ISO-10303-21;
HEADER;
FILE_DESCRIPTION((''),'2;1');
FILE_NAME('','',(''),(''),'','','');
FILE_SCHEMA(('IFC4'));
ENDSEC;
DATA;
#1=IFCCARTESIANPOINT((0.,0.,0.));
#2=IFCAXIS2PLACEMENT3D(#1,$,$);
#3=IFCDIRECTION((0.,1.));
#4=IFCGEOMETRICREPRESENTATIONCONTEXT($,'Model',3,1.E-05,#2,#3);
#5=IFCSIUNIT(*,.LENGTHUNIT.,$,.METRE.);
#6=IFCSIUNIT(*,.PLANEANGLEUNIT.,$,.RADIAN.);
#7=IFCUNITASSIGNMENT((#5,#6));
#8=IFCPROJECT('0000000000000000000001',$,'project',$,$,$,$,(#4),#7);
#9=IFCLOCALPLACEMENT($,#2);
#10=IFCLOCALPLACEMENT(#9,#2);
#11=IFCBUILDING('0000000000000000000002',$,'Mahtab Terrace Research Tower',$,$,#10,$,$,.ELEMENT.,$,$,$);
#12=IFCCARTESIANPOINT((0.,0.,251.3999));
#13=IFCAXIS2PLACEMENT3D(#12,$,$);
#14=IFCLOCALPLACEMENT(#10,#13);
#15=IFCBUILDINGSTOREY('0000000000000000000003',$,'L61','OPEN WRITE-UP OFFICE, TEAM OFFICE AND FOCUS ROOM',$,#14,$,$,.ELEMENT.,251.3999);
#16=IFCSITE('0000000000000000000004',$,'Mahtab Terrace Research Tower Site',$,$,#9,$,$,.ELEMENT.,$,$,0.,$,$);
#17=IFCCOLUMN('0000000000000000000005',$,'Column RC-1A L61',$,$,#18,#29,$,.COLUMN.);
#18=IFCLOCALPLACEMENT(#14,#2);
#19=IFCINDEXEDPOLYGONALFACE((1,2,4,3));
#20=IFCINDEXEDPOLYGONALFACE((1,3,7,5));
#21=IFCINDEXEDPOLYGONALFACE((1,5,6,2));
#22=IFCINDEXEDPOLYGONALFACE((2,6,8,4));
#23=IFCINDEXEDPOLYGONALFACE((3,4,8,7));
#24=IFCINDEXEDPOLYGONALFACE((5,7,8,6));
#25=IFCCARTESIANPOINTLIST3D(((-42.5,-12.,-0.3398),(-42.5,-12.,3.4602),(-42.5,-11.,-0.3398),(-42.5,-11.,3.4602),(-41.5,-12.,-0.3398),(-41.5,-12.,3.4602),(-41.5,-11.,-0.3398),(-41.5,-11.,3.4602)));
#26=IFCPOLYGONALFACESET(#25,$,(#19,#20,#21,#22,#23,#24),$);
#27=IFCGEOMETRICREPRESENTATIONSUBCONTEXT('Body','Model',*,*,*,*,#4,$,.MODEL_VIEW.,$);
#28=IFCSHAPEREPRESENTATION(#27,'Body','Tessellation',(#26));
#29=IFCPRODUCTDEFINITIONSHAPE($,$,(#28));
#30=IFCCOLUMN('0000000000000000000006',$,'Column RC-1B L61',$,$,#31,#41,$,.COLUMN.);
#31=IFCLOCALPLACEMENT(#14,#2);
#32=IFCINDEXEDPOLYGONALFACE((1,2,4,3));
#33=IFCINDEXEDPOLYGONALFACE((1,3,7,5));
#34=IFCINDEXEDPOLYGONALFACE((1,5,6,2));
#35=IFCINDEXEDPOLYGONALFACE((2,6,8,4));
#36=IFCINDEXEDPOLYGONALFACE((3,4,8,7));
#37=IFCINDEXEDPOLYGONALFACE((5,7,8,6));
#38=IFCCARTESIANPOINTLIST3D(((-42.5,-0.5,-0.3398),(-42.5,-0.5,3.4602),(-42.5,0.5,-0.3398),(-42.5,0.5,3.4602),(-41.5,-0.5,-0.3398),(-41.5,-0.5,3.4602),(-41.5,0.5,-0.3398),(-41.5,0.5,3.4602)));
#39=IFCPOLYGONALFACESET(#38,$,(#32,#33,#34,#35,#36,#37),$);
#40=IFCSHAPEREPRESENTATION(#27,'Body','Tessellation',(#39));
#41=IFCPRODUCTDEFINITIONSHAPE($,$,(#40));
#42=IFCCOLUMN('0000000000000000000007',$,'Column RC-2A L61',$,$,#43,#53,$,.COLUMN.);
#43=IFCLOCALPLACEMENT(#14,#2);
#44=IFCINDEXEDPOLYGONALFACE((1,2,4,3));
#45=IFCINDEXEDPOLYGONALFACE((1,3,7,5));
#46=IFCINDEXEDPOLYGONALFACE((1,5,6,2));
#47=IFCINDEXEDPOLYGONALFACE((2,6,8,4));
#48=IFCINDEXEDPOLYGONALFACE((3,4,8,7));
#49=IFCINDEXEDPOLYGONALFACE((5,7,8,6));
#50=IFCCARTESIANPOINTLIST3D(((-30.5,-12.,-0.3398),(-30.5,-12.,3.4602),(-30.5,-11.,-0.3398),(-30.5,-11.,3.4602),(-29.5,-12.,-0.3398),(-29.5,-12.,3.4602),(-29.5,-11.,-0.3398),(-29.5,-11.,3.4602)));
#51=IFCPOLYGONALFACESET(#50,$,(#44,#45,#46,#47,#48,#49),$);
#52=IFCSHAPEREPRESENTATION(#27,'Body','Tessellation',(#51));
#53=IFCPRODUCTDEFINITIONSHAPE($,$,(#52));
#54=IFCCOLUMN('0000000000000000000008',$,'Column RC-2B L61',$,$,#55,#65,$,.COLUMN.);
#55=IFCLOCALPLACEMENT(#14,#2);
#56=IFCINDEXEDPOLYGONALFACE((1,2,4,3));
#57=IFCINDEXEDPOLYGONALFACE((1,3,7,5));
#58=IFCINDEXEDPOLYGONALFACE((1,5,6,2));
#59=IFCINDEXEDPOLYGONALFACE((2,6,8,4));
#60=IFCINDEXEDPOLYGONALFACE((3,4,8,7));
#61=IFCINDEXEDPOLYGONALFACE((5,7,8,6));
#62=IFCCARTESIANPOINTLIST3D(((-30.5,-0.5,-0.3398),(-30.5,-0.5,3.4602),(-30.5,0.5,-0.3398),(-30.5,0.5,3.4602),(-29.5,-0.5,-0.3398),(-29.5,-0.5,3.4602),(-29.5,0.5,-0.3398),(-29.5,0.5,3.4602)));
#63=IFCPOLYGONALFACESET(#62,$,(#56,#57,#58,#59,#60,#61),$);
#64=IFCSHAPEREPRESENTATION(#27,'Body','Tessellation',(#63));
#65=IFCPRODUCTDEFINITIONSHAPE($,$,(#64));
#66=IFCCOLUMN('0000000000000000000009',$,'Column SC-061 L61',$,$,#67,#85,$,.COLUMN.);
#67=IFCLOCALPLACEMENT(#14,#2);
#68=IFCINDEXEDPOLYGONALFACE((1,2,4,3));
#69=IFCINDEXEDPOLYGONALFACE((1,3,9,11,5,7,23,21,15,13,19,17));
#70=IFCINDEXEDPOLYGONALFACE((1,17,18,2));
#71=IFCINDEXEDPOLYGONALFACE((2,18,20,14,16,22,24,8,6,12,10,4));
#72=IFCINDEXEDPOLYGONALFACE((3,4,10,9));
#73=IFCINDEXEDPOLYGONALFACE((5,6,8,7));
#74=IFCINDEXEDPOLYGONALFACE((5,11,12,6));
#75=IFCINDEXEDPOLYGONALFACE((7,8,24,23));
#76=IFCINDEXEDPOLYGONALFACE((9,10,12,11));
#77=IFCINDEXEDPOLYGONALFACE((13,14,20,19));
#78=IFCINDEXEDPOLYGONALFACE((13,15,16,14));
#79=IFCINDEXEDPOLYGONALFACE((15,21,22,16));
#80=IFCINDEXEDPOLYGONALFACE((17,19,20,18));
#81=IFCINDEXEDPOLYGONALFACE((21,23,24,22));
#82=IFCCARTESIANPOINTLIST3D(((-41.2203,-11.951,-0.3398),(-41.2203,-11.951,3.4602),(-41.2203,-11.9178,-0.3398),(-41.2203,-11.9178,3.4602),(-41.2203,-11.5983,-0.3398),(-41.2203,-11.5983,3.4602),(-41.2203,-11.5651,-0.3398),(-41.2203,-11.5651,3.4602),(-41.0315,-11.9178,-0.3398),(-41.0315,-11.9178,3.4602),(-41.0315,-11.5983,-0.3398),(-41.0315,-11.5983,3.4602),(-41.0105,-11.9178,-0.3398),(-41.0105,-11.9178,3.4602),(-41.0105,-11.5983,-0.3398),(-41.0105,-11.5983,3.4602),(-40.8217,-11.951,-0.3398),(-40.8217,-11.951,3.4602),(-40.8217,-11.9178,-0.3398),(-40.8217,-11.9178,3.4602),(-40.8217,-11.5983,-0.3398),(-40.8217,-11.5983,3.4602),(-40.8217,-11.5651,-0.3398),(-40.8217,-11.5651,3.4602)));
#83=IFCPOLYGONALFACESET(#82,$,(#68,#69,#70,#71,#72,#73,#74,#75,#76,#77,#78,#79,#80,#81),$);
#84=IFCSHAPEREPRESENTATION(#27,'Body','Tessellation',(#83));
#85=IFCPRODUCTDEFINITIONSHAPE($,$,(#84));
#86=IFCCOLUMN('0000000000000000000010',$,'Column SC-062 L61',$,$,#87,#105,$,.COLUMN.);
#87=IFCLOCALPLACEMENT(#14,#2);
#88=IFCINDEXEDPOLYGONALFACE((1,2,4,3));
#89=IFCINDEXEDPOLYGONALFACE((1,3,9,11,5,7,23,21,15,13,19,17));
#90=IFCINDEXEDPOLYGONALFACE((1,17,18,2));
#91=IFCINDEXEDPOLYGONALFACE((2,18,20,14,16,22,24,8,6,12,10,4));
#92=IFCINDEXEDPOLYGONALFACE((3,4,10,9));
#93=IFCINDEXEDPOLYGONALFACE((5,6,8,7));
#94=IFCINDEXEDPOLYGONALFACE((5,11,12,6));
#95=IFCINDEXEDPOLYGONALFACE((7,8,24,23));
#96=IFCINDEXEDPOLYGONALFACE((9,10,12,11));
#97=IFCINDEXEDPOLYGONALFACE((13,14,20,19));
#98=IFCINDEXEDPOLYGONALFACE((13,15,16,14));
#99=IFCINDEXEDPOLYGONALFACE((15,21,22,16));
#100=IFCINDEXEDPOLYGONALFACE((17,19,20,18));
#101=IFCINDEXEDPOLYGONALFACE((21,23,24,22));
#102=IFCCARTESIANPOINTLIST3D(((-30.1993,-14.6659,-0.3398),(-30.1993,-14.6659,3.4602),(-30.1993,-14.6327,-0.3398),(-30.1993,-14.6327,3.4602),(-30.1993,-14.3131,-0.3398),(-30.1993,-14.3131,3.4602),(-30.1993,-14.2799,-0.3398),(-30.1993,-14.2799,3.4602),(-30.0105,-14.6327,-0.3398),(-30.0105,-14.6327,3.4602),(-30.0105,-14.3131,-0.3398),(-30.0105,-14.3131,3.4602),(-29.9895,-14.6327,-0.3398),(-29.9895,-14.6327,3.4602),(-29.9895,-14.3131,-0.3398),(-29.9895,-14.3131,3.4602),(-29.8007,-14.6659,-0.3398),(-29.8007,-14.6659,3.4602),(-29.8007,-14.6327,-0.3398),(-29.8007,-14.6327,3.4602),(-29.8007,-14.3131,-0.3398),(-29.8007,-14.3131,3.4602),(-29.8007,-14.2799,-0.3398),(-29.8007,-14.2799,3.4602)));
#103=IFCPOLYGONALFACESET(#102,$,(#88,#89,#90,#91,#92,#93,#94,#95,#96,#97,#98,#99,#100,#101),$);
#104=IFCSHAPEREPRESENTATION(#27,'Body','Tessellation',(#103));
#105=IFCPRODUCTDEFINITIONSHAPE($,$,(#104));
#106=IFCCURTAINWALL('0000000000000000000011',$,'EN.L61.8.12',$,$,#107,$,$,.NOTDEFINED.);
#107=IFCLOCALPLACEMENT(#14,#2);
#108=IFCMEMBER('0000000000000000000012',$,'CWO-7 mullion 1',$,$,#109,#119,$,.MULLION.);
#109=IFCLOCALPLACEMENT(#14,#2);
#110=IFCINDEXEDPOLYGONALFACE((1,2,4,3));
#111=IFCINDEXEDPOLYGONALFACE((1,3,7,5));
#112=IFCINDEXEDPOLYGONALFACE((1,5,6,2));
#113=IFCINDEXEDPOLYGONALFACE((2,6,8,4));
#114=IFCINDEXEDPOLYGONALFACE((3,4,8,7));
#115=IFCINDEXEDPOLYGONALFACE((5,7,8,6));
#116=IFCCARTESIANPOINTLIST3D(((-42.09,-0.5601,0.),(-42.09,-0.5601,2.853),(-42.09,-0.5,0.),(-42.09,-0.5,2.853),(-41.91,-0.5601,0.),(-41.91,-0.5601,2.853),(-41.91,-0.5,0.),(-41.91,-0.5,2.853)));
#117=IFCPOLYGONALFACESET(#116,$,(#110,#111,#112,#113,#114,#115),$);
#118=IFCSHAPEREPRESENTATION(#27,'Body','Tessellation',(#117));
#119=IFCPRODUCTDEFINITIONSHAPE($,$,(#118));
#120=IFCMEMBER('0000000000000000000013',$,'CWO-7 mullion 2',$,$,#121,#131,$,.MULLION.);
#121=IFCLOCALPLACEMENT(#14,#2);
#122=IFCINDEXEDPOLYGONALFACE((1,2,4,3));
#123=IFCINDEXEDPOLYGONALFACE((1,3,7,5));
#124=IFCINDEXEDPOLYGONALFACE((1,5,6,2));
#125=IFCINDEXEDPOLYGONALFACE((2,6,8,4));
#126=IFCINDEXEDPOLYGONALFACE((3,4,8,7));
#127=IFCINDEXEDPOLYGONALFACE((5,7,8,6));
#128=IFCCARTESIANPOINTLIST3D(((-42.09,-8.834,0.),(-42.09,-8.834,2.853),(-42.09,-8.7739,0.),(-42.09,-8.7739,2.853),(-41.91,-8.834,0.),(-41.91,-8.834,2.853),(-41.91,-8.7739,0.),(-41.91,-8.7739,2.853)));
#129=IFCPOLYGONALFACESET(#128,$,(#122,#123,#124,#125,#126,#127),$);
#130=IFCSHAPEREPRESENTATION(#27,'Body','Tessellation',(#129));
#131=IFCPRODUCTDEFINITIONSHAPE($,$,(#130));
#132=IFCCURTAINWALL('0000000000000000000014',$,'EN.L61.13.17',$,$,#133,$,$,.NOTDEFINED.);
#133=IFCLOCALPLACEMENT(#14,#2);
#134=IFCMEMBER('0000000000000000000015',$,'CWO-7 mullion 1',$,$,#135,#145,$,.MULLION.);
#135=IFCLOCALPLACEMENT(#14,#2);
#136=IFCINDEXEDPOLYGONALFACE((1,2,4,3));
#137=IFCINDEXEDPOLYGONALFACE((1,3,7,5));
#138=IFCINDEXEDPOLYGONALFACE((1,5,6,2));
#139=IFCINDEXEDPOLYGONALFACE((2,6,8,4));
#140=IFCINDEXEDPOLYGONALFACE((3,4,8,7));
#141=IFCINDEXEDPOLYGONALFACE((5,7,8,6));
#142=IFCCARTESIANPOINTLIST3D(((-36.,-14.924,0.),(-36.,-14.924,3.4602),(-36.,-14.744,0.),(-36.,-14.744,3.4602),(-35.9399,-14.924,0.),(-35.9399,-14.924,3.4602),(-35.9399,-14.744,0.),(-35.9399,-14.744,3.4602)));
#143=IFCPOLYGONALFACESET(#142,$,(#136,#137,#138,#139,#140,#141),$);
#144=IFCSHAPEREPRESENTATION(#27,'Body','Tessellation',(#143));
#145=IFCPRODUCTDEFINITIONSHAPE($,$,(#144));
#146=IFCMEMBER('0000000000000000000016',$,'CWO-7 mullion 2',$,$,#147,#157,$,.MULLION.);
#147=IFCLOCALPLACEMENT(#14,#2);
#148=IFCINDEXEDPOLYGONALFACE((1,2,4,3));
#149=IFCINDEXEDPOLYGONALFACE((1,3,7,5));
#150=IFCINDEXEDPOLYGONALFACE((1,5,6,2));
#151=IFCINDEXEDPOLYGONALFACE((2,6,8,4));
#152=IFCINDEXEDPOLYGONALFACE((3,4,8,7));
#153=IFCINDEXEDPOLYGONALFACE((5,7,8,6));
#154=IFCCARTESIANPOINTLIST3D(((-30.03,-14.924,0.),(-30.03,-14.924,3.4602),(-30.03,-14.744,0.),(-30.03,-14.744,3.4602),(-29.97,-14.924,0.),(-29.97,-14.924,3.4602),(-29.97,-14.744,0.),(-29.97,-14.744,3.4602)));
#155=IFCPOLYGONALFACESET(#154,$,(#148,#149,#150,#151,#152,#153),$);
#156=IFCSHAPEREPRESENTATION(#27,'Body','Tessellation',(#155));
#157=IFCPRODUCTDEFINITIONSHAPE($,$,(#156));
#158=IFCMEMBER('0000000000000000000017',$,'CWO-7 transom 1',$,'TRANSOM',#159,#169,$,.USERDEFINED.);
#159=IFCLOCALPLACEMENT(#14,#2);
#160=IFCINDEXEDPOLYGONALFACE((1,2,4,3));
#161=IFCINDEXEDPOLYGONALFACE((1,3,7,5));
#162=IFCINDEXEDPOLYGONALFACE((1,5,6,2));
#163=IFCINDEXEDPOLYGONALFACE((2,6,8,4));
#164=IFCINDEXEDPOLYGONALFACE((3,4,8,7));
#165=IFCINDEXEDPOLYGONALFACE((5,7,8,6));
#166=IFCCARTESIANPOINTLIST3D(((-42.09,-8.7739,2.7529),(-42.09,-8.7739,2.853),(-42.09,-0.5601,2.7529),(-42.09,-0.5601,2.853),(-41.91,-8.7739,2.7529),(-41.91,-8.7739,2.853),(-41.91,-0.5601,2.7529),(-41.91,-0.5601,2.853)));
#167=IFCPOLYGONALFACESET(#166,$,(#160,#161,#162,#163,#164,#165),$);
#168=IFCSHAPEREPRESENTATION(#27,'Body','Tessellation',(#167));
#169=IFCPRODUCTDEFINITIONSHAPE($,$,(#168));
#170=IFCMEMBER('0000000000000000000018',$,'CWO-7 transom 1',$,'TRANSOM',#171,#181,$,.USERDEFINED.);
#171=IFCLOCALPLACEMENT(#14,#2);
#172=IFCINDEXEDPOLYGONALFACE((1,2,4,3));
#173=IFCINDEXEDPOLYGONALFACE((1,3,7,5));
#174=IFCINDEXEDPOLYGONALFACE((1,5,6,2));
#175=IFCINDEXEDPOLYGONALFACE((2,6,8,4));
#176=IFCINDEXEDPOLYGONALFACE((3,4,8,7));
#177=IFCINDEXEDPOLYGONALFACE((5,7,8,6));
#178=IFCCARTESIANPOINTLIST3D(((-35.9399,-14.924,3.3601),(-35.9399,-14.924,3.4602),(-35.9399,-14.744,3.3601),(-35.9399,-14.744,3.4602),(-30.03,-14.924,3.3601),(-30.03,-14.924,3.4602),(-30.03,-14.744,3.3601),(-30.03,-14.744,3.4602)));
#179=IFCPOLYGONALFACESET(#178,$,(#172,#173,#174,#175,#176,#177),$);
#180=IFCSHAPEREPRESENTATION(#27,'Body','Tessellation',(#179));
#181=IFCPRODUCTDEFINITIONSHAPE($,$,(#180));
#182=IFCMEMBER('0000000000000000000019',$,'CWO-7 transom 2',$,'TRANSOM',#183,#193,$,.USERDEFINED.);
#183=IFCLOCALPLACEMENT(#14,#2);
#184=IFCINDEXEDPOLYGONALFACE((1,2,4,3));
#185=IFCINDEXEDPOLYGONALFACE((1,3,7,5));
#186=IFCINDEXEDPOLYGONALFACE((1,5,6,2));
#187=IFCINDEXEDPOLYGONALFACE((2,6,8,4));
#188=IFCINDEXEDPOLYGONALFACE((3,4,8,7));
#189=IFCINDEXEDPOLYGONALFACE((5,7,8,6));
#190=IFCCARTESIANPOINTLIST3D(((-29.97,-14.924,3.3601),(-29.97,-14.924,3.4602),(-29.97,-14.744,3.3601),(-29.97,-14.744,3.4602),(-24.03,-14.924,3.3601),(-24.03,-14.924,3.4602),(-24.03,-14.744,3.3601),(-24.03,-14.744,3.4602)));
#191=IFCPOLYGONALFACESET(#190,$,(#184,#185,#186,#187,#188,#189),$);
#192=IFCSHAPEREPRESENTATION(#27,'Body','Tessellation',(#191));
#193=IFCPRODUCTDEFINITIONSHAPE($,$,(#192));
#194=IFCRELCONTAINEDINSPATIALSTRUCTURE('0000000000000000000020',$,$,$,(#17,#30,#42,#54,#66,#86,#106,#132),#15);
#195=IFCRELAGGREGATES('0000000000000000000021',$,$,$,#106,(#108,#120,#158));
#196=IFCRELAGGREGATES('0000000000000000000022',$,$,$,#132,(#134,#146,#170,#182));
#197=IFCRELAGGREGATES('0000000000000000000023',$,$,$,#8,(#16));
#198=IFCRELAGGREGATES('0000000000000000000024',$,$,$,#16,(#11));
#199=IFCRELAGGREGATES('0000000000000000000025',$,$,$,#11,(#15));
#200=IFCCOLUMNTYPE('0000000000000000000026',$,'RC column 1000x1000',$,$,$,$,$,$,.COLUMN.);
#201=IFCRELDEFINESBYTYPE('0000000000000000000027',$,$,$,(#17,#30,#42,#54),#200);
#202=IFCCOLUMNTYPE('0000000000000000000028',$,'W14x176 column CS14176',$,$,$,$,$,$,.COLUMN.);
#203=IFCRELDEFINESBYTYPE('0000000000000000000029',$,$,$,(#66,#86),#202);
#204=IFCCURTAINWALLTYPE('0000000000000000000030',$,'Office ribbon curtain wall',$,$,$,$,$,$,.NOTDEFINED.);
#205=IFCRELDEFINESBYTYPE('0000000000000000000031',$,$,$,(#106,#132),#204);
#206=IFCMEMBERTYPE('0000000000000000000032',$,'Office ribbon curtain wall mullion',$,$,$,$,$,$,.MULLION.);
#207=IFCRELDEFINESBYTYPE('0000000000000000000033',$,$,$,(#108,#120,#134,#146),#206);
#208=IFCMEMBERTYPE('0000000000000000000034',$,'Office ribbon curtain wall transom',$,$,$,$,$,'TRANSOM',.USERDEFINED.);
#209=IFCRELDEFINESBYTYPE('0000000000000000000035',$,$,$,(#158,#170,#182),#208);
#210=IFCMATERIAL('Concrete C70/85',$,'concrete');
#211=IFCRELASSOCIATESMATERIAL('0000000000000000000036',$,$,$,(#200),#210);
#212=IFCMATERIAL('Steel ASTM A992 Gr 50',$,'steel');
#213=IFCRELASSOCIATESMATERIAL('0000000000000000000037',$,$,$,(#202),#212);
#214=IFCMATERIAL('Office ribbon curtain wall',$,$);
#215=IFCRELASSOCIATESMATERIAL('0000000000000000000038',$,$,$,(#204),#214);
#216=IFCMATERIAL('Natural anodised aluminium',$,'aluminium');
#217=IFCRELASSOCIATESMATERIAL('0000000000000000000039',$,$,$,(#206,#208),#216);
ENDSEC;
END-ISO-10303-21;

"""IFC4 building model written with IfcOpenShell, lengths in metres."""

from ifc_helpers import new_model, si_unit, direction, frame, origin, origin_2d, place, context, subcontext, project, spatial, rectangle, i_section, extrude, material, material_profile, profile_set, type_object, element, aggregate, save


model = new_model("IFC4")

# Units and contexts
model_context = context("Model", 3, precision=1e-05, world=origin(), true_north=direction((0.0, 1.0)))
body_context = subcontext(model_context, "Body", "Model", "MODEL_VIEW")
ifc_project = project(units=[si_unit("LENGTHUNIT", "METRE"), si_unit("PLANEANGLEUNIT", "RADIAN")], contexts=[model_context])

# Site, building, storey
site_placement = place(None, origin())
site = spatial("IfcSite", under=ifc_project, at=site_placement, Name="Mahtab Terrace Research Tower Site", CompositionType="ELEMENT", RefElevation=0.0)
building_placement = place(site_placement, origin())
building = spatial("IfcBuilding", under=site, at=building_placement, Name="Mahtab Terrace Research Tower", CompositionType="ELEMENT")
storey_placement = place(building_placement, frame((0.0, 0.0, 251.3999)))
storey = spatial("IfcBuildingStorey", under=building, at=storey_placement, Name="L61", Description="OPEN WRITE-UP OFFICE, TEAM OFFICE AND FOCUS ROOM", CompositionType="ELEMENT", Elevation=251.3999)

# Columns
ifc_material_1 = material(Name="Concrete C70/85", Category="concrete")
ifc_material_profile_1 = material_profile(ifc_material_1, rectangle(XDim=1.0, YDim=1.0, at=origin_2d()), Name="RC column 1000x1000")
ifc_profile_set_1 = profile_set([ifc_material_profile_1], Name="Concrete C70/85")
column_type_1 = type_object("IfcColumnType", Name="RC column 1000x1000", PredefinedType="COLUMN", material=ifc_profile_set_1)
for number, where, z_axis, x_axis, name in (
    (1, (-42.0, -11.5, -0.3398), (0.0, 0.0, 1.0), (1.0, 0.0, 0.0), "Column RC-1A L61"),
    (2, (-42.0, 0.0, -0.3398), (0.0, 0.0, 1.0), (1.0, 0.0, 0.0), "Column RC-1B L61"),
    (3, (-30.0, -11.5, -0.3398), (0.0, 0.0, 1.0), (1.0, 0.0, 0.0), "Column RC-2A L61"),
    (4, (-30.0, 0.0, -0.3398), (0.0, 0.0, 1.0), (1.0, 0.0, 0.0), "Column RC-2B L61"),
):
    element("IfcColumn", number, at=place(storey_placement, frame(where, z_axis=z_axis, x_axis=x_axis)), inside=storey, type_object=column_type_1, Name=name, PredefinedType="COLUMN", context=body_context, shape_type="SweptSolid", body=[
        extrude(rectangle(XDim=1.0, YDim=1.0, at=origin_2d()), origin(), (0.0, 0.0, 1.0), 3.8),
    ])
ifc_material_2 = material(Name="Steel ASTM A992 Gr 50", Category="steel")
ifc_material_profile_2 = material_profile(ifc_material_2, i_section(OverallWidth=0.3987, OverallDepth=0.386, WebThickness=0.021, FlangeThickness=0.0332, at=origin_2d()), Name="W14X176")
ifc_profile_set_2 = profile_set([ifc_material_profile_2], Name="Steel ASTM A992 Gr 50")
column_type_2 = type_object("IfcColumnType", Name="W14x176 column CS14176", PredefinedType="COLUMN", material=ifc_profile_set_2)
for number, where, z_axis, x_axis, name in (
    (5, (-41.021, -11.7581, -0.3398), (0.0, 0.0, 1.0), (1.0, 0.0, 0.0), "Column SC-061 L61"),
    (6, (-30.0, -14.4729, -0.3398), (0.0, 0.0, 1.0), (1.0, 0.0, 0.0), "Column SC-062 L61"),
):
    element("IfcColumn", number, at=place(storey_placement, frame(where, z_axis=z_axis, x_axis=x_axis)), inside=storey, type_object=column_type_2, Name=name, PredefinedType="COLUMN", context=body_context, shape_type="SweptSolid", body=[
        extrude(i_section(OverallWidth=0.3987, OverallDepth=0.386, WebThickness=0.021, FlangeThickness=0.0332, at=origin_2d()), origin(), (0.0, 0.0, 1.0), 3.8),
    ])

# Curtain walls, members
ifc_material_3 = material(Name="Office ribbon curtain wall")
curtain_wall_type = type_object("IfcCurtainWallType", Name="Office ribbon curtain wall", PredefinedType="NOTDEFINED", material=ifc_material_3)
curtain_wall_1_placement = place(storey_placement, origin())
curtain_wall_1 = element("IfcCurtainWall", 7, at=curtain_wall_1_placement, inside=storey, type_object=curtain_wall_type, Name="EN.L61.8.12", PredefinedType="NOTDEFINED")
ifc_material_4 = material(Name="Natural anodised aluminium", Category="aluminium")
ifc_material_profile_3 = material_profile(ifc_material_4, rectangle(XDim=0.1799, YDim=0.0601, at=origin_2d()), Name="MULLION 60x180")
ifc_profile_set_3 = profile_set([ifc_material_profile_3], Name="Natural anodised aluminium")
member_type_1 = type_object("IfcMemberType", Name="Office ribbon curtain wall mullion", PredefinedType="MULLION", material=ifc_profile_set_3)
member_1_placement = place(storey_placement, frame((-42.0, -0.53, 0.0), z_axis=(0.0, 0.0, 1.0), x_axis=(1.0, 0.0, 0.0)))
member_1 = element("IfcMember", 8, at=member_1_placement, type_object=member_type_1, Name="CWO-7 mullion 1", PredefinedType="MULLION", context=body_context, shape_type="SweptSolid", body=[
    extrude(rectangle(XDim=0.1799, YDim=0.0601, at=origin_2d()), origin(), (0.0, 0.0, 1.0), 2.853),
])
member_2_placement = place(storey_placement, frame((-42.0, -8.804, 0.0), z_axis=(0.0, 0.0, 1.0), x_axis=(1.0, 0.0, 0.0)))
member_2 = element("IfcMember", 9, at=member_2_placement, type_object=member_type_1, Name="CWO-7 mullion 2", PredefinedType="MULLION", context=body_context, shape_type="SweptSolid", body=[
    extrude(rectangle(XDim=0.1799, YDim=0.0601, at=origin_2d()), origin(), (0.0, 0.0, 1.0), 2.853),
])
curtain_wall_2_placement = place(storey_placement, origin())
curtain_wall_2 = element("IfcCurtainWall", 10, at=curtain_wall_2_placement, inside=storey, type_object=curtain_wall_type, Name="EN.L61.13.17", PredefinedType="NOTDEFINED")
member_3_placement = place(storey_placement, frame((-35.97, -14.834, 0.0), z_axis=(0.0, 0.0, 1.0), x_axis=(0.0, 1.0, 0.0)))
member_3 = element("IfcMember", 11, at=member_3_placement, type_object=member_type_1, Name="CWO-7 mullion 1", PredefinedType="MULLION", context=body_context, shape_type="SweptSolid", body=[
    extrude(rectangle(XDim=0.1799, YDim=0.0601, at=origin_2d()), origin(), (0.0, 0.0, 1.0), 3.4602),
])
member_4_placement = place(storey_placement, frame((-30.0, -14.834, 0.0), z_axis=(0.0, 0.0, 1.0), x_axis=(0.0, 1.0, 0.0)))
member_4 = element("IfcMember", 12, at=member_4_placement, type_object=member_type_1, Name="CWO-7 mullion 2", PredefinedType="MULLION", context=body_context, shape_type="SweptSolid", body=[
    extrude(rectangle(XDim=0.1799, YDim=0.0601, at=origin_2d()), origin(), (0.0, 0.0, 1.0), 3.4602),
])

# Members
ifc_material_profile_4 = material_profile(ifc_material_4, rectangle(XDim=0.1799, YDim=0.1001, at=origin_2d()), Name="TRANSOM 100x180")
ifc_profile_set_4 = profile_set([ifc_material_profile_4], Name="Natural anodised aluminium")
member_type_2 = type_object("IfcMemberType", Name="Office ribbon curtain wall transom", ElementType="TRANSOM", PredefinedType="USERDEFINED", material=ifc_profile_set_4)
member_5_placement = place(storey_placement, frame((-42.0, -0.5601, 2.803), z_axis=(0.0, -1.0, 0.0), x_axis=(1.0, 0.0, 0.0)))
member_5 = element("IfcMember", 13, at=member_5_placement, type_object=member_type_2, Name="CWO-7 transom 1", ObjectType="TRANSOM", PredefinedType="USERDEFINED", context=body_context, shape_type="SweptSolid", body=[
    extrude(rectangle(XDim=0.1799, YDim=0.1001, at=origin_2d()), origin(), (0.0, 0.0, 1.0), 8.2139),
])
member_6_placement = place(storey_placement, frame((-35.9399, -14.834, 3.4102), z_axis=(1.0, 0.0, 0.0), x_axis=(0.0, 1.0, 0.0)))
member_6 = element("IfcMember", 14, at=member_6_placement, type_object=member_type_2, Name="CWO-7 transom 1", ObjectType="TRANSOM", PredefinedType="USERDEFINED", context=body_context, shape_type="SweptSolid", body=[
    extrude(rectangle(XDim=0.1799, YDim=0.1001, at=origin_2d()), origin(), (0.0, 0.0, 1.0), 5.9099),
])
member_7_placement = place(storey_placement, frame((-29.97, -14.834, 3.4102), z_axis=(1.0, 0.0, 0.0), x_axis=(0.0, 1.0, 0.0)))
member_7 = element("IfcMember", 15, at=member_7_placement, type_object=member_type_2, Name="CWO-7 transom 2", ObjectType="TRANSOM", PredefinedType="USERDEFINED", context=body_context, shape_type="SweptSolid", body=[
    extrude(rectangle(XDim=0.1799, YDim=0.1001, at=origin_2d()), origin(), (0.0, 0.0, 1.0), 5.9399),
])

aggregate(curtain_wall_1, [member_1, member_2, member_5])
aggregate(curtain_wall_2, [member_3, member_4, member_6, member_7])

save(model, "model.ifc")
